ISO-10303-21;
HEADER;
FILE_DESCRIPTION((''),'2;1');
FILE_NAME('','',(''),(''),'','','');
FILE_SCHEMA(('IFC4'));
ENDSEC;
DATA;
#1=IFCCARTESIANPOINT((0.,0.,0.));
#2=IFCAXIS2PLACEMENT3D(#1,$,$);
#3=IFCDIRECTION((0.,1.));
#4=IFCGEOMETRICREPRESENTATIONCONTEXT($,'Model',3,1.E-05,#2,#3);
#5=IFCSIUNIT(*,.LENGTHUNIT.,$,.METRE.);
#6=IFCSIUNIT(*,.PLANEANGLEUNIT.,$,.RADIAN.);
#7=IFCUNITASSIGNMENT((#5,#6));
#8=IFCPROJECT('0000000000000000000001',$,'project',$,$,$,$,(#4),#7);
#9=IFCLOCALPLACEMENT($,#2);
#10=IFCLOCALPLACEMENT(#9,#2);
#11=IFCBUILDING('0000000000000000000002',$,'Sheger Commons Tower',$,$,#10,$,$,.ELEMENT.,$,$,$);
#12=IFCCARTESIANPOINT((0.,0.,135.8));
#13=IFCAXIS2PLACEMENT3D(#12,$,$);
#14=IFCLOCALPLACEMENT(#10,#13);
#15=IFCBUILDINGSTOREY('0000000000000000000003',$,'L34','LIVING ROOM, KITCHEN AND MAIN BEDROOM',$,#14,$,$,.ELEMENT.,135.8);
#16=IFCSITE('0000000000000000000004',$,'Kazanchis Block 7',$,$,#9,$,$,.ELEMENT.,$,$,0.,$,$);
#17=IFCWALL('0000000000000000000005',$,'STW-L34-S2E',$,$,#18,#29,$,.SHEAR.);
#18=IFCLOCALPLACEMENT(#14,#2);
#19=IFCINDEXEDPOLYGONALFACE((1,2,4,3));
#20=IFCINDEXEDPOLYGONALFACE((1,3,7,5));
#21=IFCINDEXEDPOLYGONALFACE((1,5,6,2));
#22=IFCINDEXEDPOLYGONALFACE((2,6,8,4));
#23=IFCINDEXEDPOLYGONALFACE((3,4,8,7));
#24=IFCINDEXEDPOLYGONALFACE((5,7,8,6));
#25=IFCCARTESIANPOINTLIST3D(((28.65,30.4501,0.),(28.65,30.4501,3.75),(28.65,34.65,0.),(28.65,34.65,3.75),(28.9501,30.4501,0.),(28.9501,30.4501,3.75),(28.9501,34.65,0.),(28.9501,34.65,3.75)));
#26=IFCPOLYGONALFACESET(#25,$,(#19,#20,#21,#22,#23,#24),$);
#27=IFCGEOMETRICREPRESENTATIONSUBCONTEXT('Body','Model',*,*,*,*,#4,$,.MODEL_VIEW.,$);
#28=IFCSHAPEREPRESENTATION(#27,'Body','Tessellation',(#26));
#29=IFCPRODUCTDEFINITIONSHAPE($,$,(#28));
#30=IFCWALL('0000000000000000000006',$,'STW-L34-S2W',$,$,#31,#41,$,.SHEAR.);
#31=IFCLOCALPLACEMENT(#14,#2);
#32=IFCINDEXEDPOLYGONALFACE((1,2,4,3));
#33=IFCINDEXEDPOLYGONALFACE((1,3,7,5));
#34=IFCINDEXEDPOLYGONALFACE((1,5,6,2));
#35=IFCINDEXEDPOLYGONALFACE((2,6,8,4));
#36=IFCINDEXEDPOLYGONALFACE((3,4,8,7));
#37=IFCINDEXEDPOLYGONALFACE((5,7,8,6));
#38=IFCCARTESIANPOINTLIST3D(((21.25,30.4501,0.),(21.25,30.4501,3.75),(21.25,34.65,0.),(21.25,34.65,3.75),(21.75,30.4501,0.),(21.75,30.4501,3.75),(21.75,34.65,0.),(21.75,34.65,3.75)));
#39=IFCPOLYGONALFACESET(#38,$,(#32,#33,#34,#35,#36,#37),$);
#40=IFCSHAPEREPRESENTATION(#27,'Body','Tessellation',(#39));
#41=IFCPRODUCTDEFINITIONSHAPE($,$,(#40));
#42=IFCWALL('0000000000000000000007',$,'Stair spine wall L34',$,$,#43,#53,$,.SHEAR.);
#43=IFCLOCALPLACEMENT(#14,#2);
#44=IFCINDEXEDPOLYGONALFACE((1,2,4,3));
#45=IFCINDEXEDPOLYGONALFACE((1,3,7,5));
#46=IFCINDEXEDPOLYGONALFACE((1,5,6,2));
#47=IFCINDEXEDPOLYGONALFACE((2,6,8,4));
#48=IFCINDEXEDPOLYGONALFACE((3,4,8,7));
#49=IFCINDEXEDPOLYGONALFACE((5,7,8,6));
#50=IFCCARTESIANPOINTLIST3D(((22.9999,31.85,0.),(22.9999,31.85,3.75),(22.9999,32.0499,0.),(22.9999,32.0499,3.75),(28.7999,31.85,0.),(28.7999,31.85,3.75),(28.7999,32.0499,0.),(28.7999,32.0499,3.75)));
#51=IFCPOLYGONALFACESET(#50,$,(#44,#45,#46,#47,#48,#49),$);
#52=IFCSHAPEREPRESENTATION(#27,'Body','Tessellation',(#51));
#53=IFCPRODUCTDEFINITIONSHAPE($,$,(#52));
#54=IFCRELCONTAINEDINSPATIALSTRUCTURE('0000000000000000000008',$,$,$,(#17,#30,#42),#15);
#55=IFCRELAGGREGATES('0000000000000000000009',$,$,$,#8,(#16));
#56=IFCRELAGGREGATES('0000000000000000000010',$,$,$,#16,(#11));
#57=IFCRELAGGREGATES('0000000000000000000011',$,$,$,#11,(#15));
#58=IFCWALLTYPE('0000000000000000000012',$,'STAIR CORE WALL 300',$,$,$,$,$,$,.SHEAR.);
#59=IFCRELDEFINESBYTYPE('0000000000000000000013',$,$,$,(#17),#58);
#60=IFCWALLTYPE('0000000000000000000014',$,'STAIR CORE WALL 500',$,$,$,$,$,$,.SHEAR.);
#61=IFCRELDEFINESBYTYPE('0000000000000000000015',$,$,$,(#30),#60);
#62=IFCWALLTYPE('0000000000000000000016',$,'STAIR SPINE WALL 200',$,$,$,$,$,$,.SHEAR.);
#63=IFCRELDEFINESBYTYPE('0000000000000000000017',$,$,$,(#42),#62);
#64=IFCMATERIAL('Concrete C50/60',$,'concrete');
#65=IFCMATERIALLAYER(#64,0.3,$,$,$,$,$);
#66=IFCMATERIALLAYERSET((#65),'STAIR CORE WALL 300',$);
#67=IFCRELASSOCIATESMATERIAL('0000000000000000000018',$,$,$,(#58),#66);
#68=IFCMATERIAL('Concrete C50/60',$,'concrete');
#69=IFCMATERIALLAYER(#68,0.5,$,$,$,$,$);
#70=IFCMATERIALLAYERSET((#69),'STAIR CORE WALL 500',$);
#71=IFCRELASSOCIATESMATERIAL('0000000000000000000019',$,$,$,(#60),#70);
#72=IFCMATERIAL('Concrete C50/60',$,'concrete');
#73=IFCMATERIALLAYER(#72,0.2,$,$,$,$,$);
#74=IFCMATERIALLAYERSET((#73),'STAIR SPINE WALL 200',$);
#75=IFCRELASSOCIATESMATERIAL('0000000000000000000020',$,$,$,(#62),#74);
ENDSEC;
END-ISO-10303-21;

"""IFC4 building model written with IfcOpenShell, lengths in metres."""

from ifc_helpers import new_model, si_unit, direction, frame, frame_2d, origin, place, context, subcontext, project, spatial, rectangle, extrude, material, layer, layer_set, type_object, element, save


model = new_model("IFC4")

# Units and contexts
model_context = context("Model", 3, precision=1e-05, world=origin(), true_north=direction((0.0, 1.0)))
body_context = subcontext(model_context, "Body", "Model", "MODEL_VIEW")
ifc_project = project(units=[si_unit("LENGTHUNIT", "METRE"), si_unit("PLANEANGLEUNIT", "RADIAN")], contexts=[model_context])

# Site, building, storey
site_placement = place(None, origin())
site = spatial("IfcSite", under=ifc_project, at=site_placement, Name="Kazanchis Block 7", CompositionType="ELEMENT", RefElevation=0.0)
building_placement = place(site_placement, origin())
building = spatial("IfcBuilding", under=site, at=building_placement, Name="Sheger Commons Tower", CompositionType="ELEMENT")
storey_placement = place(building_placement, frame((0.0, 0.0, 135.8)))
storey = spatial("IfcBuildingStorey", under=building, at=storey_placement, Name="L34", Description="LIVING ROOM, KITCHEN AND MAIN BEDROOM", CompositionType="ELEMENT", Elevation=135.8)

# Shared definitions
ifc_material_1 = material(Name="Concrete C50/60", Category="concrete")
ifc_layer_1 = layer(ifc_material_1, 0.3)
ifc_layer_set_1 = layer_set([ifc_layer_1], Name="STAIR CORE WALL 300")
wall_type_1 = type_object("IfcWallType", Name="STAIR CORE WALL 300", PredefinedType="SHEAR", material=ifc_layer_set_1)

# Walls
wall_1_placement = place(storey_placement, frame((28.8, 30.45, 0.0), z_axis=(0.0, 0.0, 1.0), x_axis=(0.0, 1.0, 0.0)))
element("IfcWall", 1, at=wall_1_placement, inside=storey, type_object=wall_type_1, Name="STW-L34-S2E", PredefinedType="SHEAR", context=body_context, shape_type="SweptSolid", body=[
    extrude(rectangle(XDim=4.2, YDim=0.3, at=frame_2d((2.1001, 0.0))), origin(), (0.0, 0.0, 1.0), 3.75),
])
ifc_material_2 = material(Name="Concrete C50/60", Category="concrete")
ifc_layer_2 = layer(ifc_material_2, 0.5)
ifc_layer_set_2 = layer_set([ifc_layer_2], Name="STAIR CORE WALL 500")
wall_type_2 = type_object("IfcWallType", Name="STAIR CORE WALL 500", PredefinedType="SHEAR", material=ifc_layer_set_2)
wall_2_placement = place(storey_placement, frame((21.5, 30.45, 0.0), z_axis=(0.0, 0.0, 1.0), x_axis=(0.0, 1.0, 0.0)))
element("IfcWall", 2, at=wall_2_placement, inside=storey, type_object=wall_type_2, Name="STW-L34-S2W", PredefinedType="SHEAR", context=body_context, shape_type="SweptSolid", body=[
    extrude(rectangle(XDim=4.2, YDim=0.5, at=frame_2d((2.1001, 0.0))), origin(), (0.0, 0.0, 1.0), 3.75),
])
ifc_material_3 = material(Name="Concrete C50/60", Category="concrete")
ifc_layer_3 = layer(ifc_material_3, 0.2)
ifc_layer_set_3 = layer_set([ifc_layer_3], Name="STAIR SPINE WALL 200")
wall_type_3 = type_object("IfcWallType", Name="STAIR SPINE WALL 200", PredefinedType="SHEAR", material=ifc_layer_set_3)
wall_3_placement = place(storey_placement, frame((23.0, 31.95, 0.0), z_axis=(0.0, 0.0, 1.0), x_axis=(1.0, 0.0, 0.0)))
element("IfcWall", 3, at=wall_3_placement, inside=storey, type_object=wall_type_3, Name="Stair spine wall L34", PredefinedType="SHEAR", context=body_context, shape_type="SweptSolid", body=[
    extrude(rectangle(XDim=5.8, YDim=0.2, at=frame_2d((2.8999, 0.0))), origin(), (0.0, 0.0, 1.0), 3.75),
])

save(model, "model.ifc")
